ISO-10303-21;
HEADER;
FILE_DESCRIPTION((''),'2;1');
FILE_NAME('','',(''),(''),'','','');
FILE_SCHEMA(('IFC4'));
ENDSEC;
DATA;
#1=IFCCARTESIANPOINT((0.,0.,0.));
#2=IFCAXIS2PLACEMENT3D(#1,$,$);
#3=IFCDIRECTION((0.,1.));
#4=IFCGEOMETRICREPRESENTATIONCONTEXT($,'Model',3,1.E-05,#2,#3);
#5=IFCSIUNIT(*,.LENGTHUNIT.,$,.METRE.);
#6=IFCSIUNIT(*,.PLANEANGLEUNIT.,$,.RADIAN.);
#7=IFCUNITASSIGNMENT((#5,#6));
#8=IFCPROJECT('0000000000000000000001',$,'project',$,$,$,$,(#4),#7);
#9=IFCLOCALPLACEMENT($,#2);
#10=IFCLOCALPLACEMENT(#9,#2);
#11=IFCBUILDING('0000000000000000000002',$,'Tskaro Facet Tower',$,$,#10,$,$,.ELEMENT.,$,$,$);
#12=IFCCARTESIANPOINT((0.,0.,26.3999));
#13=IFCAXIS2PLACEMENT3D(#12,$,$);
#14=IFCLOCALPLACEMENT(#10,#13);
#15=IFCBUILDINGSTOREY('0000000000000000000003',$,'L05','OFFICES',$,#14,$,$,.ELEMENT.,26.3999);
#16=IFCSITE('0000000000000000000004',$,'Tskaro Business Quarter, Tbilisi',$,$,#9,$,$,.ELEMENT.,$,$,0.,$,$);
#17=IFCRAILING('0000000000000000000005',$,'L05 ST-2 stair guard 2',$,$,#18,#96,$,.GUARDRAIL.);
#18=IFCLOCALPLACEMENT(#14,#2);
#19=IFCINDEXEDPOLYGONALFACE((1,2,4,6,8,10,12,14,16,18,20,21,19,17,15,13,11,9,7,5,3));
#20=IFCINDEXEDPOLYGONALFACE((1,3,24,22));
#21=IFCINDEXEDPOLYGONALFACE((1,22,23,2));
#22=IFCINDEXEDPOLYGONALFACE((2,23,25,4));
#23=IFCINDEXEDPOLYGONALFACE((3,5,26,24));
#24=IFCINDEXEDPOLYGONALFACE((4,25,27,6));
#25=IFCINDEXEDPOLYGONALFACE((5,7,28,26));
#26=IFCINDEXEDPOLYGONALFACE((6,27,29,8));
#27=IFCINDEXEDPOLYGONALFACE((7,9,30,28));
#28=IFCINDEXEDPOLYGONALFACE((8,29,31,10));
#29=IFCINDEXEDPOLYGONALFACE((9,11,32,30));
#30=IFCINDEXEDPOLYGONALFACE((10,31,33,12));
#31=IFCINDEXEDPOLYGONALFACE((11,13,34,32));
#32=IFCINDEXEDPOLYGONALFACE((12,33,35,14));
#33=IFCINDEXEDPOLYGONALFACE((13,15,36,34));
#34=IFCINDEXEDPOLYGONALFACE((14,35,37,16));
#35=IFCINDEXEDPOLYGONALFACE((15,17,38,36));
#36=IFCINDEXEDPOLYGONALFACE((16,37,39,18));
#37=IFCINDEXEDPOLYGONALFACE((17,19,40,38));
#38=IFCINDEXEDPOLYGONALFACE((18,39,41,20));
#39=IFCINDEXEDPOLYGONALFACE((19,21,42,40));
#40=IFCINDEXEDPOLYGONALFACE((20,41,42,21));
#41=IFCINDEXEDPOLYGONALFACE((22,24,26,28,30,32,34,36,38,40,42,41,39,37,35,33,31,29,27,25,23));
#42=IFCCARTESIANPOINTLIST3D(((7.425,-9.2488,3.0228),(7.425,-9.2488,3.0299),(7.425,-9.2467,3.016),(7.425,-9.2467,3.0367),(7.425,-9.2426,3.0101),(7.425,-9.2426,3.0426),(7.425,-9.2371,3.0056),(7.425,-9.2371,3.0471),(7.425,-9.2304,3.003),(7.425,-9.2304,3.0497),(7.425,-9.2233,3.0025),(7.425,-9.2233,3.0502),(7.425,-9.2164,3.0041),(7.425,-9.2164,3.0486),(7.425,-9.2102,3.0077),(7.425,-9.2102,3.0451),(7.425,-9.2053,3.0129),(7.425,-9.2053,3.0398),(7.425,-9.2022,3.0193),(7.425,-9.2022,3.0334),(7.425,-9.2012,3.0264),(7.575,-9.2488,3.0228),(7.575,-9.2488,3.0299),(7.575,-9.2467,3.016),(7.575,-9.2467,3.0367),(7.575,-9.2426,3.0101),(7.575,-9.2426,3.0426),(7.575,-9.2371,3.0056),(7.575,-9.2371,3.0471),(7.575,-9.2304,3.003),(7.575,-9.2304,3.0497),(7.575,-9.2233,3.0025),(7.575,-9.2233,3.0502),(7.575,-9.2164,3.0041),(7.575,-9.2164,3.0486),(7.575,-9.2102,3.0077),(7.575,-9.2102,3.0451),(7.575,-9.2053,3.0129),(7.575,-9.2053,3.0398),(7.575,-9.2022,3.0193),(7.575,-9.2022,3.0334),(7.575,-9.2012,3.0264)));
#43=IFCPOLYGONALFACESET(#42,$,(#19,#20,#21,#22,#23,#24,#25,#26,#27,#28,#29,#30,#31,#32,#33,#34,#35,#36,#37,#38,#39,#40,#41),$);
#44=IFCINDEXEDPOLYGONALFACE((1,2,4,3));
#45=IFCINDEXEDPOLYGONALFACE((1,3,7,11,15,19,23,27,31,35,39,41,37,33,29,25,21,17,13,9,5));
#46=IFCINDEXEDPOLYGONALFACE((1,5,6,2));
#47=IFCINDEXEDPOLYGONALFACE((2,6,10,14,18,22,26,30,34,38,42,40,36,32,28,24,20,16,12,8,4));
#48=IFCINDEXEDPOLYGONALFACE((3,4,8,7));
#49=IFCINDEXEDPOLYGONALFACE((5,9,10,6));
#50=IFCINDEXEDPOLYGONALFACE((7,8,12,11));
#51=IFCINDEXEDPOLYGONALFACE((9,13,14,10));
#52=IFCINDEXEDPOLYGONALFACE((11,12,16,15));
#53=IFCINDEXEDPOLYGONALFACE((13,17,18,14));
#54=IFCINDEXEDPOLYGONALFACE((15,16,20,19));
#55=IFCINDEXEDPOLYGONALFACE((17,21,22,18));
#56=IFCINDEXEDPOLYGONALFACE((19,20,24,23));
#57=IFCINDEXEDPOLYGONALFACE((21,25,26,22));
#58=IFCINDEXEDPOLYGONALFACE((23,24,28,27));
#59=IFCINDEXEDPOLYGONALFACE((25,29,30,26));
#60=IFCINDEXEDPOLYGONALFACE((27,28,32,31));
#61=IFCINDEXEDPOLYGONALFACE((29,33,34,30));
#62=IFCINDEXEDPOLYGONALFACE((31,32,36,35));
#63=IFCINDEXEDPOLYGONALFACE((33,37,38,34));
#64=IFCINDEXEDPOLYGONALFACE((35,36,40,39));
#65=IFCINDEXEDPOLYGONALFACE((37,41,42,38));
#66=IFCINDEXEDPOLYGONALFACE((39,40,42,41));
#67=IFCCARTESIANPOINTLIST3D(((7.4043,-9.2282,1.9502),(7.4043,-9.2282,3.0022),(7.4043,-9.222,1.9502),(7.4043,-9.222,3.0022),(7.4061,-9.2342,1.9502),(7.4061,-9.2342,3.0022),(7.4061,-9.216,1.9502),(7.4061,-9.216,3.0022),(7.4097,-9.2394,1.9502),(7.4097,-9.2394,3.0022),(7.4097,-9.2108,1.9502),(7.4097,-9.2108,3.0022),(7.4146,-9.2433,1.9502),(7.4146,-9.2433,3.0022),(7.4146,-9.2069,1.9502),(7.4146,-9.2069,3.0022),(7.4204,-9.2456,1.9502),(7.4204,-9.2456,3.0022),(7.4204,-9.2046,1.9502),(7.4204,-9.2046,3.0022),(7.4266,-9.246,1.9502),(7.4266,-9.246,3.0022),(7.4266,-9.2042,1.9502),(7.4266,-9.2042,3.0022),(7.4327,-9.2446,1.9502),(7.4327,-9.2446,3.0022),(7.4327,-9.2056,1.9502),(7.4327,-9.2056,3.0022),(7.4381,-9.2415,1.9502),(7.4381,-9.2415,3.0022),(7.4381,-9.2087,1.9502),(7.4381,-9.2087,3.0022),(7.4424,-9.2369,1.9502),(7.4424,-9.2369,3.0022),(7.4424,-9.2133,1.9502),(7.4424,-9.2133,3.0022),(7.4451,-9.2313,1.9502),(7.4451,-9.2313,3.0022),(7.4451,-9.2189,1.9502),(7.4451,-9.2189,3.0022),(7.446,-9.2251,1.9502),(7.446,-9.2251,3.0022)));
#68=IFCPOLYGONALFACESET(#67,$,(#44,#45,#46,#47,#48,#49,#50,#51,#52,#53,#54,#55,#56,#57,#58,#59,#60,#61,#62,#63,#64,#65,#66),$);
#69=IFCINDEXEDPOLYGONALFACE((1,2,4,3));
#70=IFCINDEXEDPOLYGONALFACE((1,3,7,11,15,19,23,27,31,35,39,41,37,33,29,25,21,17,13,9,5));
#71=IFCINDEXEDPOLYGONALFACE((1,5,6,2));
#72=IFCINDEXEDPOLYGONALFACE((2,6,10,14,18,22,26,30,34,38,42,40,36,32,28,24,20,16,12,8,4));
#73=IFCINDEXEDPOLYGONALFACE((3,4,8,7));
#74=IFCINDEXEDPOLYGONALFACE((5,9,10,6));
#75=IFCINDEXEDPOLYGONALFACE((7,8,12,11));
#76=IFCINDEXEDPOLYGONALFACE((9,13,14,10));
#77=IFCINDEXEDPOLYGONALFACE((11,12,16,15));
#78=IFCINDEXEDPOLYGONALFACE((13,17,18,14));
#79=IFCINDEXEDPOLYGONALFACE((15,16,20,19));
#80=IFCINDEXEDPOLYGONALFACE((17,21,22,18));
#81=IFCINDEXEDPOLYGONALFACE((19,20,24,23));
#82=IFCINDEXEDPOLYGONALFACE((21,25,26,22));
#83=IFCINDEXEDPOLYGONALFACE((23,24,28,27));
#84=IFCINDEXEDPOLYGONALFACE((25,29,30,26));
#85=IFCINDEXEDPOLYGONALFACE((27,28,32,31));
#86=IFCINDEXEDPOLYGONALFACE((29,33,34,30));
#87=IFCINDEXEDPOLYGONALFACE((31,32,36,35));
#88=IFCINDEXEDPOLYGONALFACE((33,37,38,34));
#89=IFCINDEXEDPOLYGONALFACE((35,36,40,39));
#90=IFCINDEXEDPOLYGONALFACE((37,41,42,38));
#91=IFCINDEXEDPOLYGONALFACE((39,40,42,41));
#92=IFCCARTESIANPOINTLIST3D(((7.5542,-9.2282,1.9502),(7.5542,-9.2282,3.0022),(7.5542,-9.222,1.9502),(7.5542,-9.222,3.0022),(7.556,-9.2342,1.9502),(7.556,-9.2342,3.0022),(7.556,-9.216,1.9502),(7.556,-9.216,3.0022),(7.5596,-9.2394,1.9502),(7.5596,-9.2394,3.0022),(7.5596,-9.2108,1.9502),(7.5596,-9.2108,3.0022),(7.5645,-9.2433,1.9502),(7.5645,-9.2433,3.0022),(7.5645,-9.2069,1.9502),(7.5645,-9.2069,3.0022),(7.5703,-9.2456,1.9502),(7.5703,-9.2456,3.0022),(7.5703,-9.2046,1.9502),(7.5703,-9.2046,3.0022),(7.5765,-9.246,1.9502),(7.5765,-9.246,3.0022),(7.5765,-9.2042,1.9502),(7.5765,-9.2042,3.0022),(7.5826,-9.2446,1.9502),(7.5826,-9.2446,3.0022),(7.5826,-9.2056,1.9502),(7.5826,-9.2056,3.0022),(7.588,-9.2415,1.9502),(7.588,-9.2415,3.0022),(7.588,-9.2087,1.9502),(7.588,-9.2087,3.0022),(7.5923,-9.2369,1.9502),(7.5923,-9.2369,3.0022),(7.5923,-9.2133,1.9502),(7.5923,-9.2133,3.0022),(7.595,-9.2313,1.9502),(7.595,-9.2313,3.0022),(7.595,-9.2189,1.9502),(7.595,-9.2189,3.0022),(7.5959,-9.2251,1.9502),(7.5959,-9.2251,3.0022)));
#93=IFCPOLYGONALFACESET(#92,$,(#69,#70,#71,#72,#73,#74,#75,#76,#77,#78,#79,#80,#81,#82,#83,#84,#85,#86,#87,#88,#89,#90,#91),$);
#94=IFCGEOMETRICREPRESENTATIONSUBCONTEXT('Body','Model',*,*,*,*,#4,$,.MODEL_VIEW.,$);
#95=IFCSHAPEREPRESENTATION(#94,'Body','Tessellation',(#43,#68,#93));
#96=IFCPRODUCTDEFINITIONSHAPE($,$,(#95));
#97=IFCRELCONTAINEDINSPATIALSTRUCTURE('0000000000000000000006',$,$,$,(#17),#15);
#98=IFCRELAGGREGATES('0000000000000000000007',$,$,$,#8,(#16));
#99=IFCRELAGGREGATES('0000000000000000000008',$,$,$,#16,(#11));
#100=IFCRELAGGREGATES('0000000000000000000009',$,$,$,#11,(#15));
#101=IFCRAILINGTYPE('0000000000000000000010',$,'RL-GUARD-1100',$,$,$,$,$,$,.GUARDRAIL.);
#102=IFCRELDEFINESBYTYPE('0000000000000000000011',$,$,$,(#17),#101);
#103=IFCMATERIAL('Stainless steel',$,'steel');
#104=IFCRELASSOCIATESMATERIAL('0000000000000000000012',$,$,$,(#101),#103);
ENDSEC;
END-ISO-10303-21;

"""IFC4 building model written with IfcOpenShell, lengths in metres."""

from ifc_helpers import new_model, si_unit, direction, frame, origin, origin_2d, place, context, subcontext, project, spatial, circle, extrude, material, type_object, element, save


model = new_model("IFC4")

# Units and contexts
model_context = context("Model", 3, precision=1e-05, world=origin(), true_north=direction((0.0, 1.0)))
body_context = subcontext(model_context, "Body", "Model", "MODEL_VIEW")
ifc_project = project(units=[si_unit("LENGTHUNIT", "METRE"), si_unit("PLANEANGLEUNIT", "RADIAN")], contexts=[model_context])

# Site, building, storey
site_placement = place(None, origin())
site = spatial("IfcSite", under=ifc_project, at=site_placement, Name="Tskaro Business Quarter, Tbilisi", CompositionType="ELEMENT", RefElevation=0.0)
building_placement = place(site_placement, origin())
building = spatial("IfcBuilding", under=site, at=building_placement, Name="Tskaro Facet Tower", CompositionType="ELEMENT")
storey_placement = place(building_placement, frame((0.0, 0.0, 26.3999)))
storey = spatial("IfcBuildingStorey", under=building, at=storey_placement, Name="L05", Description="OFFICES", CompositionType="ELEMENT", Elevation=26.3999)

# Railing
ifc_material_1 = material(Name="Stainless steel", Category="steel")
railing_type_1 = type_object("IfcRailingType", Name="RL-GUARD-1100", PredefinedType="GUARDRAIL", material=ifc_material_1)
railing_1_placement = place(storey_placement, frame((7.425, -9.2251, 1.9502)))
element("IfcRailing", 1, at=railing_1_placement, inside=storey, type_object=railing_type_1, Name="L05 ST-2 stair guard 2", PredefinedType="GUARDRAIL", context=body_context, shape_type="SweptSolid", body=[
    extrude(circle(Radius=0.0239, at=origin_2d()), frame((0.0, 0.0, 1.0762), z_axis=(1.0, 0.0, 0.0), x_axis=(0.0, 1.0, 0.0)), (0.0, 0.0, 1.0), 0.1499),
    extrude(circle(Radius=0.021, at=origin_2d()), origin(), (0.0, 0.0, 1.0), 1.052),
    extrude(circle(Radius=0.021, at=origin_2d()), frame((0.1499, 0.0, 0.0)), (0.0, 0.0, 1.0), 1.052),
])

save(model, "model.ifc")
